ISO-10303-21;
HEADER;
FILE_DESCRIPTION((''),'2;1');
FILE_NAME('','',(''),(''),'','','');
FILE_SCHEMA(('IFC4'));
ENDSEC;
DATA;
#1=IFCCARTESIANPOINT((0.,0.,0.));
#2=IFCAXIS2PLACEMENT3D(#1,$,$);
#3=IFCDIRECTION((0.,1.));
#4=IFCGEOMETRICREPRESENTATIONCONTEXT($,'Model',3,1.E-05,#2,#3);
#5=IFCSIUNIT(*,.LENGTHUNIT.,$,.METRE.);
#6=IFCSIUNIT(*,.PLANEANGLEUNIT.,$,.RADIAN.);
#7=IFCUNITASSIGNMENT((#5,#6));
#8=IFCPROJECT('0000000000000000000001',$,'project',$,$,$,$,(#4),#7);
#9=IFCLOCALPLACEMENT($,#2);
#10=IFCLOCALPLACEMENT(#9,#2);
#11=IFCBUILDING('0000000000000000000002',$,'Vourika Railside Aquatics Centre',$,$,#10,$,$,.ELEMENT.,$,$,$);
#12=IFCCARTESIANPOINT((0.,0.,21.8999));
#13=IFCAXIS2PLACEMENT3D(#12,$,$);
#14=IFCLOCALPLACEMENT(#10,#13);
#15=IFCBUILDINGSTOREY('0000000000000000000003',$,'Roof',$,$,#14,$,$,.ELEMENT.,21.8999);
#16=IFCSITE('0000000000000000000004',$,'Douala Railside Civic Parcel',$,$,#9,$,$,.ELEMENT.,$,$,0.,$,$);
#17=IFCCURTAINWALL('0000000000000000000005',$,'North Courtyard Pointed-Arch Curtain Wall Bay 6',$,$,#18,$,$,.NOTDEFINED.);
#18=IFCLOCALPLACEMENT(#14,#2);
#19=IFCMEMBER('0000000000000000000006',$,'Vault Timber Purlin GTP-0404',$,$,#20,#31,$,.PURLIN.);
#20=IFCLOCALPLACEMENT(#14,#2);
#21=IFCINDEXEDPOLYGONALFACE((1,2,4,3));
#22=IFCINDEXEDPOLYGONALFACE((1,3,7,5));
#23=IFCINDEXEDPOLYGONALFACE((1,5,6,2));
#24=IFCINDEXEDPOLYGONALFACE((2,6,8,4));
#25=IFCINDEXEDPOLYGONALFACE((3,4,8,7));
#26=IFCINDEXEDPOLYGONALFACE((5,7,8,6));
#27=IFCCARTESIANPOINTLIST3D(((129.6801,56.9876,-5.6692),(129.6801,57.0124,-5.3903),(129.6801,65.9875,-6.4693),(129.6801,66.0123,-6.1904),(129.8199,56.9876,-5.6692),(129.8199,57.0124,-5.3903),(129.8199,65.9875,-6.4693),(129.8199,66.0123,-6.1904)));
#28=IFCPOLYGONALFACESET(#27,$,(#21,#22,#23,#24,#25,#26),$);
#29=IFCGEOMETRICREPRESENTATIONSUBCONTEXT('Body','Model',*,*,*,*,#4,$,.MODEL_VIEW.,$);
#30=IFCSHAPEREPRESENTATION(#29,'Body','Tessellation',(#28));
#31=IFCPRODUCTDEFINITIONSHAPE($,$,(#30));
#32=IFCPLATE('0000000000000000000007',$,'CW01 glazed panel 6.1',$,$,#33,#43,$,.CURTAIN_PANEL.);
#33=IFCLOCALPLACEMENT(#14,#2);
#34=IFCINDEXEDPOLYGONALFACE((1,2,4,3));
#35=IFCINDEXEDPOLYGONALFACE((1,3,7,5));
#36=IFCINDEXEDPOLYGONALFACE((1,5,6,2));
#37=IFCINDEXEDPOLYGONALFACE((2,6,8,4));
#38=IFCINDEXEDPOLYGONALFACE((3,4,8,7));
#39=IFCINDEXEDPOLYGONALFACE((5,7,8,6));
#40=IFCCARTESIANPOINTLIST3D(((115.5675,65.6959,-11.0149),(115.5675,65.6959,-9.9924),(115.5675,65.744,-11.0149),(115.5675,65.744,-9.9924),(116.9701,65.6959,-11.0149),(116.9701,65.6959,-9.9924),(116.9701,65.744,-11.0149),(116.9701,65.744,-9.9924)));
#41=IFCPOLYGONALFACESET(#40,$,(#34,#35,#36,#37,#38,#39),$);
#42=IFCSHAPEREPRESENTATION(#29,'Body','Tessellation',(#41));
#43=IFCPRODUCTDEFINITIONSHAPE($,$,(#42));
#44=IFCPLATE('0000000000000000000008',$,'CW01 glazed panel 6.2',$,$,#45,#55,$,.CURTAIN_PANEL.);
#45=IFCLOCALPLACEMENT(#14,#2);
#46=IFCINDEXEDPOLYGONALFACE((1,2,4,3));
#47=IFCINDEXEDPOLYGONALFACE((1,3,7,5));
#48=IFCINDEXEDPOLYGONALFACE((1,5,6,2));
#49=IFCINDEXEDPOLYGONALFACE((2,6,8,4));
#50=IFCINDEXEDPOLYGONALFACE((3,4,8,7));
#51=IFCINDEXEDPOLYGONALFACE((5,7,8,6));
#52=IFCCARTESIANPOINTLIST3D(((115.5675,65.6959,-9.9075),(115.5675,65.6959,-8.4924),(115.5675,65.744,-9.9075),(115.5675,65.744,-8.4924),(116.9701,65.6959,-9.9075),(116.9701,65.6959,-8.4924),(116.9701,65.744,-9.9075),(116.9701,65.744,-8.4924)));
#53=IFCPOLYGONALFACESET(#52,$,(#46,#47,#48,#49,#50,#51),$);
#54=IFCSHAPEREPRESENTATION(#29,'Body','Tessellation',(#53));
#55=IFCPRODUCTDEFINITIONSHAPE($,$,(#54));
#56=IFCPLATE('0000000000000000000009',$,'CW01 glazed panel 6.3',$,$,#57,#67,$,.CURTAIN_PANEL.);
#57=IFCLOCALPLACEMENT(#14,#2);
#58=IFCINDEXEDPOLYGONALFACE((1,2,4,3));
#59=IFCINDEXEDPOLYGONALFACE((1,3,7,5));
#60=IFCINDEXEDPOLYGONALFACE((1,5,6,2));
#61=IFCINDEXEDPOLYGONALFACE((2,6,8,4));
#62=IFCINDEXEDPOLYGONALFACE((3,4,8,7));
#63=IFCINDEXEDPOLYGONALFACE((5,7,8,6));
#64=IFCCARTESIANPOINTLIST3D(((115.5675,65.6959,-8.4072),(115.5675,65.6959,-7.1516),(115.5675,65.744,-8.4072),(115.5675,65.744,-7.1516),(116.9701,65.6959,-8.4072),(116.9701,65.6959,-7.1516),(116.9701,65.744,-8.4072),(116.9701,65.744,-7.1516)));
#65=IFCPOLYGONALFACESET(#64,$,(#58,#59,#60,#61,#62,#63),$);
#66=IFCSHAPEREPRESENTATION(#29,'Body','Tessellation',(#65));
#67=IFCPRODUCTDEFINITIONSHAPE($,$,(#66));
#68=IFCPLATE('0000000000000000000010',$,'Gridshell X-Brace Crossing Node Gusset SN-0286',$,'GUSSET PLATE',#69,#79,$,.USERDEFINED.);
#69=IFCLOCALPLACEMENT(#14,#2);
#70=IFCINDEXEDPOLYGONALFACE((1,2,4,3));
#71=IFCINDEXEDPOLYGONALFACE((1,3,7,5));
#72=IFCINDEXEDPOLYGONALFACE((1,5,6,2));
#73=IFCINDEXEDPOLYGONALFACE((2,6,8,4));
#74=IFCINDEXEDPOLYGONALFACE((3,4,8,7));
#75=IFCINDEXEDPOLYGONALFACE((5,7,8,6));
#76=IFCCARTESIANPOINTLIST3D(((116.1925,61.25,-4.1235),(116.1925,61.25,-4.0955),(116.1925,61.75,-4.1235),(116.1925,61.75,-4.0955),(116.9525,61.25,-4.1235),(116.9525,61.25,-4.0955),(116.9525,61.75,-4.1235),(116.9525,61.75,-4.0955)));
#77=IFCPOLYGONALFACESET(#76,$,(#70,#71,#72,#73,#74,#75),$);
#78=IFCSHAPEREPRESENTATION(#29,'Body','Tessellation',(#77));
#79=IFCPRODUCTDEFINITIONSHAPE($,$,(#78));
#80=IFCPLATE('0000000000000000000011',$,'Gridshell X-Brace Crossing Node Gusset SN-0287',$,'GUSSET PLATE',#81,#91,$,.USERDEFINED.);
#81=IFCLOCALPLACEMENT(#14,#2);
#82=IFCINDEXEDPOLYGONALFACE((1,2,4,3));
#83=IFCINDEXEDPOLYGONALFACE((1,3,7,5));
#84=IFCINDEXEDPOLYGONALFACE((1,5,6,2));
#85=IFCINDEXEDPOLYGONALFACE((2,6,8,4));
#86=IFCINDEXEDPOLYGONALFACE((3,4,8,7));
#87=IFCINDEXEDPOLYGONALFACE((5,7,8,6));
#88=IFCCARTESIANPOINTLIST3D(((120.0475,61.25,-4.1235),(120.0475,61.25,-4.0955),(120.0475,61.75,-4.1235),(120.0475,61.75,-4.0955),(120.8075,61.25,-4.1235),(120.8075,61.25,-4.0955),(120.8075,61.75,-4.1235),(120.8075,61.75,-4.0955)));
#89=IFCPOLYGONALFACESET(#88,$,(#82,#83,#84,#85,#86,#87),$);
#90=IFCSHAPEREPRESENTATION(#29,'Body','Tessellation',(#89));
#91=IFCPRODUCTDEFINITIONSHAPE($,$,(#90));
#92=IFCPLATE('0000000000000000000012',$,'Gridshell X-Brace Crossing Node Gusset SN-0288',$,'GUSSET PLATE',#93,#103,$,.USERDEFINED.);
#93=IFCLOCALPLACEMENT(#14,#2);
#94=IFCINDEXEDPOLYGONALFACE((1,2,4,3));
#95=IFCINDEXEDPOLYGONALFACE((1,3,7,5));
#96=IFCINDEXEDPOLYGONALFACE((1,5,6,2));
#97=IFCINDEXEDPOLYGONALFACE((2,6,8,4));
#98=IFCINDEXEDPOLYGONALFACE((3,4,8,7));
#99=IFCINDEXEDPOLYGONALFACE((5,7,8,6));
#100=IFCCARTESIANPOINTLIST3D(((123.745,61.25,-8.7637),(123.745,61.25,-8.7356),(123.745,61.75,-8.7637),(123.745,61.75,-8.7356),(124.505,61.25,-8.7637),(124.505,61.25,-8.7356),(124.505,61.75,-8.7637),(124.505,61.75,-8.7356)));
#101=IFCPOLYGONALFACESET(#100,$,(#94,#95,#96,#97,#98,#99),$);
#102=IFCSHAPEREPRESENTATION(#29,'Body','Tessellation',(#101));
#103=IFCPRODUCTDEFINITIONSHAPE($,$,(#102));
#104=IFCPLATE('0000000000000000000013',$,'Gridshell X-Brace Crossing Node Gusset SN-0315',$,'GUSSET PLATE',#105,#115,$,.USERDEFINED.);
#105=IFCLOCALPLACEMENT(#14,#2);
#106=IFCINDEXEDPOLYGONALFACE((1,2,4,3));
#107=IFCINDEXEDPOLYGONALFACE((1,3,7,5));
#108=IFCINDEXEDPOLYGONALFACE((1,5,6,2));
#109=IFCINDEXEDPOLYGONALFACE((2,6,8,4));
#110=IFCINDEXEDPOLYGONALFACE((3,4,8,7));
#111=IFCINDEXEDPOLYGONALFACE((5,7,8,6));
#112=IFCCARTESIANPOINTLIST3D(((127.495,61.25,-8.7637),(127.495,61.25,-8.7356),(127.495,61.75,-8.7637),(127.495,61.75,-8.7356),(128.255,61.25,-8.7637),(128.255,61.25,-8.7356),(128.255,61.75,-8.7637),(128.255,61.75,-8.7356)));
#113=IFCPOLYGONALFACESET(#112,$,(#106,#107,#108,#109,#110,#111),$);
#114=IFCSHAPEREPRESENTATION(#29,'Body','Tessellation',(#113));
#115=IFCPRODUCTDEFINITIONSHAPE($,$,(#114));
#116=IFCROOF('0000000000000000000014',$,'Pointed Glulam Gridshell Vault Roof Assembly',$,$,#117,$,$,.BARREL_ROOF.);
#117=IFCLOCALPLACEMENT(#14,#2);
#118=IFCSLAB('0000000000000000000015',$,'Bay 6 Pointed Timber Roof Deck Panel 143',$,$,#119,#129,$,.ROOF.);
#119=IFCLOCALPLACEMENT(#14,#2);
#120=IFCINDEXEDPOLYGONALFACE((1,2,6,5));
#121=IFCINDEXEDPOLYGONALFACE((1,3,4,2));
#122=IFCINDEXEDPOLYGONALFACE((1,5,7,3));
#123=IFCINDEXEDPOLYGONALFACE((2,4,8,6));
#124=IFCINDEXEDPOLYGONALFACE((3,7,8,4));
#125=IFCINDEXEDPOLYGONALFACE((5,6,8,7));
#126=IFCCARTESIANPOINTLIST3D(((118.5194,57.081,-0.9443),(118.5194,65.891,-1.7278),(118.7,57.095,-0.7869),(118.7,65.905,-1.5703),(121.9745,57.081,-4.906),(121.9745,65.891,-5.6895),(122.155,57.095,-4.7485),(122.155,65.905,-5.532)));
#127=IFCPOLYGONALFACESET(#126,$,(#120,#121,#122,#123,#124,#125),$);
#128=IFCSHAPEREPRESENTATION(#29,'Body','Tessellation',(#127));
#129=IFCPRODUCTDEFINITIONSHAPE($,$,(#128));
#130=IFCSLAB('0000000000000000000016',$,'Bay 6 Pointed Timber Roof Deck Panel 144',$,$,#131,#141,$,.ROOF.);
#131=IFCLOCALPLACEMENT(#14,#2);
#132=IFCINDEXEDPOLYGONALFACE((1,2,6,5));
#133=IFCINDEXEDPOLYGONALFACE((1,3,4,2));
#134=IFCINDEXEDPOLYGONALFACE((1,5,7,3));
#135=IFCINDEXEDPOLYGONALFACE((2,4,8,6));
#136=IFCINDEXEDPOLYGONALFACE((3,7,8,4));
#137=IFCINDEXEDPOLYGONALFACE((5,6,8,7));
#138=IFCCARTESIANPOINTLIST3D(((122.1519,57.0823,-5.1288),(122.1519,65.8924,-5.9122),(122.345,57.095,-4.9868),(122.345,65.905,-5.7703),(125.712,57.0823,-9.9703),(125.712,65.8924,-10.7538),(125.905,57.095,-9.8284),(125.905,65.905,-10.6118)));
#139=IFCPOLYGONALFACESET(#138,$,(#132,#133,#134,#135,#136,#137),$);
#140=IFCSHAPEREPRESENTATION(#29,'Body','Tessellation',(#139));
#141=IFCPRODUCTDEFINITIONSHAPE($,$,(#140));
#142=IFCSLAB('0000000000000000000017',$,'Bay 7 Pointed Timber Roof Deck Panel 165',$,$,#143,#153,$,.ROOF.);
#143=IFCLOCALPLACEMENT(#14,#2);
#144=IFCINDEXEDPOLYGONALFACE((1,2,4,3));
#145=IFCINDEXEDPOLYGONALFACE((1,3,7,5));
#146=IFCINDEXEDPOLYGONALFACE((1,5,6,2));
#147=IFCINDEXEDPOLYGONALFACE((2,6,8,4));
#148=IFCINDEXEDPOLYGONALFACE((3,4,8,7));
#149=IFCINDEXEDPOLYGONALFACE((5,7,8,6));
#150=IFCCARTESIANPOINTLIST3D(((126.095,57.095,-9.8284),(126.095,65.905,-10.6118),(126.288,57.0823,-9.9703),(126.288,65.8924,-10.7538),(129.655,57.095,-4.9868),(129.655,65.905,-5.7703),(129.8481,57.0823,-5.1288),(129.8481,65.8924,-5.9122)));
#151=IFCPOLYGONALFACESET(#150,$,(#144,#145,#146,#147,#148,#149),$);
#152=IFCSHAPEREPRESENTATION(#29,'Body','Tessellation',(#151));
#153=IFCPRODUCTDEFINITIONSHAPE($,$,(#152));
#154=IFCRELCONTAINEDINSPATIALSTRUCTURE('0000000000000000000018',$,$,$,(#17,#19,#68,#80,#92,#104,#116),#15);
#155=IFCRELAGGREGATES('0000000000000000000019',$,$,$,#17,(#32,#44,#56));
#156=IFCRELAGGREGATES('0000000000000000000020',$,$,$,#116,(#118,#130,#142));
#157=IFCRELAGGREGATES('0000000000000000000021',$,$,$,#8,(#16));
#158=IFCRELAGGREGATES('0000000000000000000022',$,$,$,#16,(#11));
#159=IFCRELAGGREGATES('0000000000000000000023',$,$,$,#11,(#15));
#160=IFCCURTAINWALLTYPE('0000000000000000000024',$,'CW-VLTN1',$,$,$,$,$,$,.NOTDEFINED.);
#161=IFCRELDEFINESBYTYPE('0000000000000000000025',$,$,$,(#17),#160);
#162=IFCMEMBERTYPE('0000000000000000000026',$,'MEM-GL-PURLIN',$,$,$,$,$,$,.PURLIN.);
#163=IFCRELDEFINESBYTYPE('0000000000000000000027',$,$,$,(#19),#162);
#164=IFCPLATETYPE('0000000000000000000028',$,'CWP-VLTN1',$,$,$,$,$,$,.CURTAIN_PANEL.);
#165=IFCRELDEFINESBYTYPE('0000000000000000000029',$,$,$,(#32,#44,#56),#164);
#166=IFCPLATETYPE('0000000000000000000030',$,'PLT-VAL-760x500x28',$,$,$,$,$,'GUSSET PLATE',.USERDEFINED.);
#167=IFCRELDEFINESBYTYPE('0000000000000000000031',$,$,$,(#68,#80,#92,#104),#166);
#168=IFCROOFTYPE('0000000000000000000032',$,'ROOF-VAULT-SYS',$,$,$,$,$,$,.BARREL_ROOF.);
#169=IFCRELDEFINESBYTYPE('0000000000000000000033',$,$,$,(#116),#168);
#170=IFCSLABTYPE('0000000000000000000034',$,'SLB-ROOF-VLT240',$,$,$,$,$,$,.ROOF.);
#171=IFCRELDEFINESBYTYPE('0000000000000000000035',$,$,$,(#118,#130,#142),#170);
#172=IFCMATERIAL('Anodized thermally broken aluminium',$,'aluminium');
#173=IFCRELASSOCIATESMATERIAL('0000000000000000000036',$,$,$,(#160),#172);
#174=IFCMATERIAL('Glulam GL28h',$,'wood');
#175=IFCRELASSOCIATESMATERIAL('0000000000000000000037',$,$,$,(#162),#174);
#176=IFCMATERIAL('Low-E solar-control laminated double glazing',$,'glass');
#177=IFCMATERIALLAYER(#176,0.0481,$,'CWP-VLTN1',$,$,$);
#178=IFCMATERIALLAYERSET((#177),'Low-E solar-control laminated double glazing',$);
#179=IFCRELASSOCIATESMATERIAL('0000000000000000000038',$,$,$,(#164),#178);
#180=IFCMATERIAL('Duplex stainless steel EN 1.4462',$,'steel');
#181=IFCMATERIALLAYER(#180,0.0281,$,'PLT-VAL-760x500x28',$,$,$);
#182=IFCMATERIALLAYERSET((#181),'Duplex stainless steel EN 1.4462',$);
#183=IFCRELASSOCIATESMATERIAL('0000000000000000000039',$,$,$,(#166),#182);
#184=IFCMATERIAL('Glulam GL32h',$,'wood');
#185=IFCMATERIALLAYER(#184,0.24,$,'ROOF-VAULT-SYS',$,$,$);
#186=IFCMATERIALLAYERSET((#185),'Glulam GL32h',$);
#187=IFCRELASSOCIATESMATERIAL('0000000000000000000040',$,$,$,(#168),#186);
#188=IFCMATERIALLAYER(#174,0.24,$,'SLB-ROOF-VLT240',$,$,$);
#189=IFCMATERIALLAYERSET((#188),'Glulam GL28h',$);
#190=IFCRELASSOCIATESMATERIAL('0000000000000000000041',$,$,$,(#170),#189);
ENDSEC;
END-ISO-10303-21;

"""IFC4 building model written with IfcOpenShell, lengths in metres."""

from ifc_helpers import new_model, si_unit, direction, frame, origin, origin_2d, place, context, subcontext, project, spatial, polyline, rectangle, outline, extrude, material, layer, layer_set, material_profile, profile_set, type_object, element, aggregate, save


model = new_model("IFC4")

# Units and contexts
model_context = context("Model", 3, precision=1e-05, world=origin(), true_north=direction((0.0, 1.0)))
body_context = subcontext(model_context, "Body", "Model", "MODEL_VIEW")
ifc_project = project(units=[si_unit("LENGTHUNIT", "METRE"), si_unit("PLANEANGLEUNIT", "RADIAN")], contexts=[model_context])

# Site, building, storey
site_placement = place(None, origin())
site = spatial("IfcSite", under=ifc_project, at=site_placement, Name="Douala Railside Civic Parcel", CompositionType="ELEMENT", RefElevation=0.0)
building_placement = place(site_placement, origin())
building = spatial("IfcBuilding", under=site, at=building_placement, Name="Vourika Railside Aquatics Centre", CompositionType="ELEMENT")
storey_placement = place(building_placement, frame((0.0, 0.0, 21.8999)))
storey = spatial("IfcBuildingStorey", under=building, at=storey_placement, Name="Roof", CompositionType="ELEMENT", Elevation=21.8999)

# Shared definitions
ifc_material_1 = material(Name="Glulam GL32h", Category="wood")

# Curtain wall
ifc_material_2 = material(Name="Anodized thermally broken aluminium", Category="aluminium")
curtain_wall_type = type_object("IfcCurtainWallType", Name="CW-VLTN1", PredefinedType="NOTDEFINED", material=ifc_material_2)
curtain_wall_placement = place(storey_placement, origin())
curtain_wall = element("IfcCurtainWall", 1, at=curtain_wall_placement, inside=storey, type_object=curtain_wall_type, Name="North Courtyard Pointed-Arch Curtain Wall Bay 6", PredefinedType="NOTDEFINED")

# Member
ifc_material_3 = material(Name="Glulam GL28h", Category="wood")
ifc_material_profile_1 = material_profile(ifc_material_3, rectangle(XDim=0.1399, YDim=0.28, at=origin_2d()), Name="GL28h 140x280")
ifc_profile_set_1 = profile_set([ifc_material_profile_1], Name="Glulam GL28h")
member_type_1 = type_object("IfcMemberType", Name="MEM-GL-PURLIN", PredefinedType="PURLIN", material=ifc_profile_set_1)
member_1_placement = place(storey_placement, frame((129.75, 57.0, -5.5298), z_axis=(0.0, 0.996072, -0.088545), x_axis=(-1.0, 0.0, 0.0)))
element("IfcMember", 2, at=member_1_placement, inside=storey, type_object=member_type_1, Name="Vault Timber Purlin GTP-0404", PredefinedType="PURLIN", context=body_context, shape_type="SweptSolid", body=[
    extrude(rectangle(XDim=0.1399, YDim=0.28, at=origin_2d()), origin(), (0.0, 0.0, 1.0), 9.0354),
])

# Plates
ifc_material_4 = material(Name="Low-E solar-control laminated double glazing", Category="glass")
ifc_layer_1 = layer(ifc_material_4, 0.0481, Name="CWP-VLTN1")
ifc_layer_set_1 = layer_set([ifc_layer_1], Name="Low-E solar-control laminated double glazing")
plate_type_1 = type_object("IfcPlateType", Name="CWP-VLTN1", PredefinedType="CURTAIN_PANEL", material=ifc_layer_set_1)
plate_1_placement = place(storey_placement, frame((116.2688, 65.72, -11.0149), z_axis=(0.0, 0.0, 1.0), x_axis=(-1.0, 0.0, 0.0)))
plate_1 = element("IfcPlate", 3, at=plate_1_placement, type_object=plate_type_1, Name="CW01 glazed panel 6.1", PredefinedType="CURTAIN_PANEL", context=body_context, shape_type="SweptSolid", body=[
    extrude(rectangle(XDim=1.4026, YDim=0.0481, at=origin_2d()), origin(), (0.0, 0.0, 1.0), 1.0225),
])
plate_2_placement = place(storey_placement, frame((116.2688, 65.72, -9.9075), z_axis=(0.0, 0.0, 1.0), x_axis=(-1.0, 0.0, 0.0)))
plate_2 = element("IfcPlate", 4, at=plate_2_placement, type_object=plate_type_1, Name="CW01 glazed panel 6.2", PredefinedType="CURTAIN_PANEL", context=body_context, shape_type="SweptSolid", body=[
    extrude(rectangle(XDim=1.4026, YDim=0.0481, at=origin_2d()), origin(), (0.0, 0.0, 1.0), 1.415),
])
plate_3_placement = place(storey_placement, frame((116.2688, 65.72, -8.4072), z_axis=(0.0, 0.0, 1.0), x_axis=(-1.0, 0.0, 0.0)))
plate_3 = element("IfcPlate", 5, at=plate_3_placement, type_object=plate_type_1, Name="CW01 glazed panel 6.3", PredefinedType="CURTAIN_PANEL", context=body_context, shape_type="SweptSolid", body=[
    extrude(rectangle(XDim=1.4026, YDim=0.0481, at=origin_2d()), origin(), (0.0, 0.0, 1.0), 1.2556),
])
aggregate(curtain_wall, [plate_1, plate_2, plate_3])

# Plates
ifc_material_5 = material(Name="Duplex stainless steel EN 1.4462", Category="steel")
ifc_layer_2 = layer(ifc_material_5, 0.0281, Name="PLT-VAL-760x500x28")
ifc_layer_set_2 = layer_set([ifc_layer_2], Name="Duplex stainless steel EN 1.4462")
plate_type_2 = type_object("IfcPlateType", Name="PLT-VAL-760x500x28", ElementType="GUSSET PLATE", PredefinedType="USERDEFINED", material=ifc_layer_set_2)
for number, where, z_axis, x_axis, name in (
    (6, (116.5725, 61.5, -4.1235), (0.0, 0.0, 1.0), (1.0, 0.0, 0.0), "Gridshell X-Brace Crossing Node Gusset SN-0286"),
    (7, (120.4275, 61.5, -4.1235), (0.0, 0.0, 1.0), (1.0, 0.0, 0.0), "Gridshell X-Brace Crossing Node Gusset SN-0287"),
    (8, (124.125, 61.5, -8.7637), (0.0, 0.0, 1.0), (1.0, 0.0, 0.0), "Gridshell X-Brace Crossing Node Gusset SN-0288"),
    (9, (127.875, 61.5, -8.7637), (0.0, 0.0, 1.0), (1.0, 0.0, 0.0), "Gridshell X-Brace Crossing Node Gusset SN-0315"),
):
    element("IfcPlate", number, at=place(storey_placement, frame(where, z_axis=z_axis, x_axis=x_axis)), inside=storey, type_object=plate_type_2, Name=name, ObjectType="GUSSET PLATE", PredefinedType="USERDEFINED", context=body_context, shape_type="SweptSolid", body=[
        extrude(rectangle(XDim=0.76, YDim=0.5, at=origin_2d()), origin(), (0.0, 0.0, 1.0), 0.0281),
    ])

# Roof, slabs
ifc_layer_3 = layer(ifc_material_1, 0.24, Name="ROOF-VAULT-SYS")
ifc_layer_set_3 = layer_set([ifc_layer_3], Name="Glulam GL32h")
roof_type = type_object("IfcRoofType", Name="ROOF-VAULT-SYS", PredefinedType="BARREL_ROOF", material=ifc_layer_set_3)
roof_placement = place(storey_placement, origin())
roof = element("IfcRoof", 10, at=roof_placement, inside=storey, type_object=roof_type, Name="Pointed Glulam Gridshell Vault Roof Assembly", PredefinedType="BARREL_ROOF")
ifc_layer_4 = layer(ifc_material_3, 0.24, Name="SLB-ROOF-VLT240")
ifc_layer_set_4 = layer_set([ifc_layer_4], Name="Glulam GL28h")
slab_type = type_object("IfcSlabType", Name="SLB-ROOF-VLT240", PredefinedType="ROOF", material=ifc_layer_set_4)
slab_1_placement = place(storey_placement, frame((118.7, 57.095, -0.7869), z_axis=(0.752365, 0.05835, 0.656157), x_axis=(0.657277, 0.0, -0.753649)))
slab_1 = element("IfcSlab", 11, at=slab_1_placement, type_object=slab_type, Name="Bay 6 Pointed Timber Roof Deck Panel 143", PredefinedType="ROOF", context=body_context, shape_type="SweptSolid", body=[
    extrude(outline(polyline([(0.0, 0.0), (5.2567, 0.0), (5.8471, 8.8251), (0.5904, 8.8251), (0.0, 0.0)])), origin(), (0.0, 0.0, -1.0), 0.24),
])
slab_2_placement = place(storey_placement, frame((122.345, 57.095, -4.9868), z_axis=(0.804528, 0.052607, 0.59158), x_axis=(0.592401, 0.0, -0.805644)))
slab_2 = element("IfcSlab", 12, at=slab_2_placement, type_object=slab_type, Name="Bay 6 Pointed Timber Roof Deck Panel 144", PredefinedType="ROOF", context=body_context, shape_type="SweptSolid", body=[
    extrude(outline(polyline([(0.0, 0.0), (6.0095, 0.0), (6.6407, 8.8223), (0.6312, 8.8223), (0.0, 0.0)])), origin(), (0.0, 0.0, -1.0), 0.24),
])
slab_3_placement = place(storey_placement, frame((126.095, 57.095, -9.8284), z_axis=(-0.804528, 0.052607, 0.59158), x_axis=(0.592401, 0.0, 0.805644)))
slab_3 = element("IfcSlab", 13, at=slab_3_placement, type_object=slab_type, Name="Bay 7 Pointed Timber Roof Deck Panel 165", PredefinedType="ROOF", context=body_context, shape_type="SweptSolid", body=[
    extrude(outline(polyline([(0.0, 0.0), (6.0095, 0.0), (5.3784, 8.8223), (-0.6312, 8.8223), (0.0, 0.0)])), origin(), (0.0, 0.0, -1.0), 0.24),
])
aggregate(roof, [slab_1, slab_2, slab_3])

save(model, "model.ifc")
